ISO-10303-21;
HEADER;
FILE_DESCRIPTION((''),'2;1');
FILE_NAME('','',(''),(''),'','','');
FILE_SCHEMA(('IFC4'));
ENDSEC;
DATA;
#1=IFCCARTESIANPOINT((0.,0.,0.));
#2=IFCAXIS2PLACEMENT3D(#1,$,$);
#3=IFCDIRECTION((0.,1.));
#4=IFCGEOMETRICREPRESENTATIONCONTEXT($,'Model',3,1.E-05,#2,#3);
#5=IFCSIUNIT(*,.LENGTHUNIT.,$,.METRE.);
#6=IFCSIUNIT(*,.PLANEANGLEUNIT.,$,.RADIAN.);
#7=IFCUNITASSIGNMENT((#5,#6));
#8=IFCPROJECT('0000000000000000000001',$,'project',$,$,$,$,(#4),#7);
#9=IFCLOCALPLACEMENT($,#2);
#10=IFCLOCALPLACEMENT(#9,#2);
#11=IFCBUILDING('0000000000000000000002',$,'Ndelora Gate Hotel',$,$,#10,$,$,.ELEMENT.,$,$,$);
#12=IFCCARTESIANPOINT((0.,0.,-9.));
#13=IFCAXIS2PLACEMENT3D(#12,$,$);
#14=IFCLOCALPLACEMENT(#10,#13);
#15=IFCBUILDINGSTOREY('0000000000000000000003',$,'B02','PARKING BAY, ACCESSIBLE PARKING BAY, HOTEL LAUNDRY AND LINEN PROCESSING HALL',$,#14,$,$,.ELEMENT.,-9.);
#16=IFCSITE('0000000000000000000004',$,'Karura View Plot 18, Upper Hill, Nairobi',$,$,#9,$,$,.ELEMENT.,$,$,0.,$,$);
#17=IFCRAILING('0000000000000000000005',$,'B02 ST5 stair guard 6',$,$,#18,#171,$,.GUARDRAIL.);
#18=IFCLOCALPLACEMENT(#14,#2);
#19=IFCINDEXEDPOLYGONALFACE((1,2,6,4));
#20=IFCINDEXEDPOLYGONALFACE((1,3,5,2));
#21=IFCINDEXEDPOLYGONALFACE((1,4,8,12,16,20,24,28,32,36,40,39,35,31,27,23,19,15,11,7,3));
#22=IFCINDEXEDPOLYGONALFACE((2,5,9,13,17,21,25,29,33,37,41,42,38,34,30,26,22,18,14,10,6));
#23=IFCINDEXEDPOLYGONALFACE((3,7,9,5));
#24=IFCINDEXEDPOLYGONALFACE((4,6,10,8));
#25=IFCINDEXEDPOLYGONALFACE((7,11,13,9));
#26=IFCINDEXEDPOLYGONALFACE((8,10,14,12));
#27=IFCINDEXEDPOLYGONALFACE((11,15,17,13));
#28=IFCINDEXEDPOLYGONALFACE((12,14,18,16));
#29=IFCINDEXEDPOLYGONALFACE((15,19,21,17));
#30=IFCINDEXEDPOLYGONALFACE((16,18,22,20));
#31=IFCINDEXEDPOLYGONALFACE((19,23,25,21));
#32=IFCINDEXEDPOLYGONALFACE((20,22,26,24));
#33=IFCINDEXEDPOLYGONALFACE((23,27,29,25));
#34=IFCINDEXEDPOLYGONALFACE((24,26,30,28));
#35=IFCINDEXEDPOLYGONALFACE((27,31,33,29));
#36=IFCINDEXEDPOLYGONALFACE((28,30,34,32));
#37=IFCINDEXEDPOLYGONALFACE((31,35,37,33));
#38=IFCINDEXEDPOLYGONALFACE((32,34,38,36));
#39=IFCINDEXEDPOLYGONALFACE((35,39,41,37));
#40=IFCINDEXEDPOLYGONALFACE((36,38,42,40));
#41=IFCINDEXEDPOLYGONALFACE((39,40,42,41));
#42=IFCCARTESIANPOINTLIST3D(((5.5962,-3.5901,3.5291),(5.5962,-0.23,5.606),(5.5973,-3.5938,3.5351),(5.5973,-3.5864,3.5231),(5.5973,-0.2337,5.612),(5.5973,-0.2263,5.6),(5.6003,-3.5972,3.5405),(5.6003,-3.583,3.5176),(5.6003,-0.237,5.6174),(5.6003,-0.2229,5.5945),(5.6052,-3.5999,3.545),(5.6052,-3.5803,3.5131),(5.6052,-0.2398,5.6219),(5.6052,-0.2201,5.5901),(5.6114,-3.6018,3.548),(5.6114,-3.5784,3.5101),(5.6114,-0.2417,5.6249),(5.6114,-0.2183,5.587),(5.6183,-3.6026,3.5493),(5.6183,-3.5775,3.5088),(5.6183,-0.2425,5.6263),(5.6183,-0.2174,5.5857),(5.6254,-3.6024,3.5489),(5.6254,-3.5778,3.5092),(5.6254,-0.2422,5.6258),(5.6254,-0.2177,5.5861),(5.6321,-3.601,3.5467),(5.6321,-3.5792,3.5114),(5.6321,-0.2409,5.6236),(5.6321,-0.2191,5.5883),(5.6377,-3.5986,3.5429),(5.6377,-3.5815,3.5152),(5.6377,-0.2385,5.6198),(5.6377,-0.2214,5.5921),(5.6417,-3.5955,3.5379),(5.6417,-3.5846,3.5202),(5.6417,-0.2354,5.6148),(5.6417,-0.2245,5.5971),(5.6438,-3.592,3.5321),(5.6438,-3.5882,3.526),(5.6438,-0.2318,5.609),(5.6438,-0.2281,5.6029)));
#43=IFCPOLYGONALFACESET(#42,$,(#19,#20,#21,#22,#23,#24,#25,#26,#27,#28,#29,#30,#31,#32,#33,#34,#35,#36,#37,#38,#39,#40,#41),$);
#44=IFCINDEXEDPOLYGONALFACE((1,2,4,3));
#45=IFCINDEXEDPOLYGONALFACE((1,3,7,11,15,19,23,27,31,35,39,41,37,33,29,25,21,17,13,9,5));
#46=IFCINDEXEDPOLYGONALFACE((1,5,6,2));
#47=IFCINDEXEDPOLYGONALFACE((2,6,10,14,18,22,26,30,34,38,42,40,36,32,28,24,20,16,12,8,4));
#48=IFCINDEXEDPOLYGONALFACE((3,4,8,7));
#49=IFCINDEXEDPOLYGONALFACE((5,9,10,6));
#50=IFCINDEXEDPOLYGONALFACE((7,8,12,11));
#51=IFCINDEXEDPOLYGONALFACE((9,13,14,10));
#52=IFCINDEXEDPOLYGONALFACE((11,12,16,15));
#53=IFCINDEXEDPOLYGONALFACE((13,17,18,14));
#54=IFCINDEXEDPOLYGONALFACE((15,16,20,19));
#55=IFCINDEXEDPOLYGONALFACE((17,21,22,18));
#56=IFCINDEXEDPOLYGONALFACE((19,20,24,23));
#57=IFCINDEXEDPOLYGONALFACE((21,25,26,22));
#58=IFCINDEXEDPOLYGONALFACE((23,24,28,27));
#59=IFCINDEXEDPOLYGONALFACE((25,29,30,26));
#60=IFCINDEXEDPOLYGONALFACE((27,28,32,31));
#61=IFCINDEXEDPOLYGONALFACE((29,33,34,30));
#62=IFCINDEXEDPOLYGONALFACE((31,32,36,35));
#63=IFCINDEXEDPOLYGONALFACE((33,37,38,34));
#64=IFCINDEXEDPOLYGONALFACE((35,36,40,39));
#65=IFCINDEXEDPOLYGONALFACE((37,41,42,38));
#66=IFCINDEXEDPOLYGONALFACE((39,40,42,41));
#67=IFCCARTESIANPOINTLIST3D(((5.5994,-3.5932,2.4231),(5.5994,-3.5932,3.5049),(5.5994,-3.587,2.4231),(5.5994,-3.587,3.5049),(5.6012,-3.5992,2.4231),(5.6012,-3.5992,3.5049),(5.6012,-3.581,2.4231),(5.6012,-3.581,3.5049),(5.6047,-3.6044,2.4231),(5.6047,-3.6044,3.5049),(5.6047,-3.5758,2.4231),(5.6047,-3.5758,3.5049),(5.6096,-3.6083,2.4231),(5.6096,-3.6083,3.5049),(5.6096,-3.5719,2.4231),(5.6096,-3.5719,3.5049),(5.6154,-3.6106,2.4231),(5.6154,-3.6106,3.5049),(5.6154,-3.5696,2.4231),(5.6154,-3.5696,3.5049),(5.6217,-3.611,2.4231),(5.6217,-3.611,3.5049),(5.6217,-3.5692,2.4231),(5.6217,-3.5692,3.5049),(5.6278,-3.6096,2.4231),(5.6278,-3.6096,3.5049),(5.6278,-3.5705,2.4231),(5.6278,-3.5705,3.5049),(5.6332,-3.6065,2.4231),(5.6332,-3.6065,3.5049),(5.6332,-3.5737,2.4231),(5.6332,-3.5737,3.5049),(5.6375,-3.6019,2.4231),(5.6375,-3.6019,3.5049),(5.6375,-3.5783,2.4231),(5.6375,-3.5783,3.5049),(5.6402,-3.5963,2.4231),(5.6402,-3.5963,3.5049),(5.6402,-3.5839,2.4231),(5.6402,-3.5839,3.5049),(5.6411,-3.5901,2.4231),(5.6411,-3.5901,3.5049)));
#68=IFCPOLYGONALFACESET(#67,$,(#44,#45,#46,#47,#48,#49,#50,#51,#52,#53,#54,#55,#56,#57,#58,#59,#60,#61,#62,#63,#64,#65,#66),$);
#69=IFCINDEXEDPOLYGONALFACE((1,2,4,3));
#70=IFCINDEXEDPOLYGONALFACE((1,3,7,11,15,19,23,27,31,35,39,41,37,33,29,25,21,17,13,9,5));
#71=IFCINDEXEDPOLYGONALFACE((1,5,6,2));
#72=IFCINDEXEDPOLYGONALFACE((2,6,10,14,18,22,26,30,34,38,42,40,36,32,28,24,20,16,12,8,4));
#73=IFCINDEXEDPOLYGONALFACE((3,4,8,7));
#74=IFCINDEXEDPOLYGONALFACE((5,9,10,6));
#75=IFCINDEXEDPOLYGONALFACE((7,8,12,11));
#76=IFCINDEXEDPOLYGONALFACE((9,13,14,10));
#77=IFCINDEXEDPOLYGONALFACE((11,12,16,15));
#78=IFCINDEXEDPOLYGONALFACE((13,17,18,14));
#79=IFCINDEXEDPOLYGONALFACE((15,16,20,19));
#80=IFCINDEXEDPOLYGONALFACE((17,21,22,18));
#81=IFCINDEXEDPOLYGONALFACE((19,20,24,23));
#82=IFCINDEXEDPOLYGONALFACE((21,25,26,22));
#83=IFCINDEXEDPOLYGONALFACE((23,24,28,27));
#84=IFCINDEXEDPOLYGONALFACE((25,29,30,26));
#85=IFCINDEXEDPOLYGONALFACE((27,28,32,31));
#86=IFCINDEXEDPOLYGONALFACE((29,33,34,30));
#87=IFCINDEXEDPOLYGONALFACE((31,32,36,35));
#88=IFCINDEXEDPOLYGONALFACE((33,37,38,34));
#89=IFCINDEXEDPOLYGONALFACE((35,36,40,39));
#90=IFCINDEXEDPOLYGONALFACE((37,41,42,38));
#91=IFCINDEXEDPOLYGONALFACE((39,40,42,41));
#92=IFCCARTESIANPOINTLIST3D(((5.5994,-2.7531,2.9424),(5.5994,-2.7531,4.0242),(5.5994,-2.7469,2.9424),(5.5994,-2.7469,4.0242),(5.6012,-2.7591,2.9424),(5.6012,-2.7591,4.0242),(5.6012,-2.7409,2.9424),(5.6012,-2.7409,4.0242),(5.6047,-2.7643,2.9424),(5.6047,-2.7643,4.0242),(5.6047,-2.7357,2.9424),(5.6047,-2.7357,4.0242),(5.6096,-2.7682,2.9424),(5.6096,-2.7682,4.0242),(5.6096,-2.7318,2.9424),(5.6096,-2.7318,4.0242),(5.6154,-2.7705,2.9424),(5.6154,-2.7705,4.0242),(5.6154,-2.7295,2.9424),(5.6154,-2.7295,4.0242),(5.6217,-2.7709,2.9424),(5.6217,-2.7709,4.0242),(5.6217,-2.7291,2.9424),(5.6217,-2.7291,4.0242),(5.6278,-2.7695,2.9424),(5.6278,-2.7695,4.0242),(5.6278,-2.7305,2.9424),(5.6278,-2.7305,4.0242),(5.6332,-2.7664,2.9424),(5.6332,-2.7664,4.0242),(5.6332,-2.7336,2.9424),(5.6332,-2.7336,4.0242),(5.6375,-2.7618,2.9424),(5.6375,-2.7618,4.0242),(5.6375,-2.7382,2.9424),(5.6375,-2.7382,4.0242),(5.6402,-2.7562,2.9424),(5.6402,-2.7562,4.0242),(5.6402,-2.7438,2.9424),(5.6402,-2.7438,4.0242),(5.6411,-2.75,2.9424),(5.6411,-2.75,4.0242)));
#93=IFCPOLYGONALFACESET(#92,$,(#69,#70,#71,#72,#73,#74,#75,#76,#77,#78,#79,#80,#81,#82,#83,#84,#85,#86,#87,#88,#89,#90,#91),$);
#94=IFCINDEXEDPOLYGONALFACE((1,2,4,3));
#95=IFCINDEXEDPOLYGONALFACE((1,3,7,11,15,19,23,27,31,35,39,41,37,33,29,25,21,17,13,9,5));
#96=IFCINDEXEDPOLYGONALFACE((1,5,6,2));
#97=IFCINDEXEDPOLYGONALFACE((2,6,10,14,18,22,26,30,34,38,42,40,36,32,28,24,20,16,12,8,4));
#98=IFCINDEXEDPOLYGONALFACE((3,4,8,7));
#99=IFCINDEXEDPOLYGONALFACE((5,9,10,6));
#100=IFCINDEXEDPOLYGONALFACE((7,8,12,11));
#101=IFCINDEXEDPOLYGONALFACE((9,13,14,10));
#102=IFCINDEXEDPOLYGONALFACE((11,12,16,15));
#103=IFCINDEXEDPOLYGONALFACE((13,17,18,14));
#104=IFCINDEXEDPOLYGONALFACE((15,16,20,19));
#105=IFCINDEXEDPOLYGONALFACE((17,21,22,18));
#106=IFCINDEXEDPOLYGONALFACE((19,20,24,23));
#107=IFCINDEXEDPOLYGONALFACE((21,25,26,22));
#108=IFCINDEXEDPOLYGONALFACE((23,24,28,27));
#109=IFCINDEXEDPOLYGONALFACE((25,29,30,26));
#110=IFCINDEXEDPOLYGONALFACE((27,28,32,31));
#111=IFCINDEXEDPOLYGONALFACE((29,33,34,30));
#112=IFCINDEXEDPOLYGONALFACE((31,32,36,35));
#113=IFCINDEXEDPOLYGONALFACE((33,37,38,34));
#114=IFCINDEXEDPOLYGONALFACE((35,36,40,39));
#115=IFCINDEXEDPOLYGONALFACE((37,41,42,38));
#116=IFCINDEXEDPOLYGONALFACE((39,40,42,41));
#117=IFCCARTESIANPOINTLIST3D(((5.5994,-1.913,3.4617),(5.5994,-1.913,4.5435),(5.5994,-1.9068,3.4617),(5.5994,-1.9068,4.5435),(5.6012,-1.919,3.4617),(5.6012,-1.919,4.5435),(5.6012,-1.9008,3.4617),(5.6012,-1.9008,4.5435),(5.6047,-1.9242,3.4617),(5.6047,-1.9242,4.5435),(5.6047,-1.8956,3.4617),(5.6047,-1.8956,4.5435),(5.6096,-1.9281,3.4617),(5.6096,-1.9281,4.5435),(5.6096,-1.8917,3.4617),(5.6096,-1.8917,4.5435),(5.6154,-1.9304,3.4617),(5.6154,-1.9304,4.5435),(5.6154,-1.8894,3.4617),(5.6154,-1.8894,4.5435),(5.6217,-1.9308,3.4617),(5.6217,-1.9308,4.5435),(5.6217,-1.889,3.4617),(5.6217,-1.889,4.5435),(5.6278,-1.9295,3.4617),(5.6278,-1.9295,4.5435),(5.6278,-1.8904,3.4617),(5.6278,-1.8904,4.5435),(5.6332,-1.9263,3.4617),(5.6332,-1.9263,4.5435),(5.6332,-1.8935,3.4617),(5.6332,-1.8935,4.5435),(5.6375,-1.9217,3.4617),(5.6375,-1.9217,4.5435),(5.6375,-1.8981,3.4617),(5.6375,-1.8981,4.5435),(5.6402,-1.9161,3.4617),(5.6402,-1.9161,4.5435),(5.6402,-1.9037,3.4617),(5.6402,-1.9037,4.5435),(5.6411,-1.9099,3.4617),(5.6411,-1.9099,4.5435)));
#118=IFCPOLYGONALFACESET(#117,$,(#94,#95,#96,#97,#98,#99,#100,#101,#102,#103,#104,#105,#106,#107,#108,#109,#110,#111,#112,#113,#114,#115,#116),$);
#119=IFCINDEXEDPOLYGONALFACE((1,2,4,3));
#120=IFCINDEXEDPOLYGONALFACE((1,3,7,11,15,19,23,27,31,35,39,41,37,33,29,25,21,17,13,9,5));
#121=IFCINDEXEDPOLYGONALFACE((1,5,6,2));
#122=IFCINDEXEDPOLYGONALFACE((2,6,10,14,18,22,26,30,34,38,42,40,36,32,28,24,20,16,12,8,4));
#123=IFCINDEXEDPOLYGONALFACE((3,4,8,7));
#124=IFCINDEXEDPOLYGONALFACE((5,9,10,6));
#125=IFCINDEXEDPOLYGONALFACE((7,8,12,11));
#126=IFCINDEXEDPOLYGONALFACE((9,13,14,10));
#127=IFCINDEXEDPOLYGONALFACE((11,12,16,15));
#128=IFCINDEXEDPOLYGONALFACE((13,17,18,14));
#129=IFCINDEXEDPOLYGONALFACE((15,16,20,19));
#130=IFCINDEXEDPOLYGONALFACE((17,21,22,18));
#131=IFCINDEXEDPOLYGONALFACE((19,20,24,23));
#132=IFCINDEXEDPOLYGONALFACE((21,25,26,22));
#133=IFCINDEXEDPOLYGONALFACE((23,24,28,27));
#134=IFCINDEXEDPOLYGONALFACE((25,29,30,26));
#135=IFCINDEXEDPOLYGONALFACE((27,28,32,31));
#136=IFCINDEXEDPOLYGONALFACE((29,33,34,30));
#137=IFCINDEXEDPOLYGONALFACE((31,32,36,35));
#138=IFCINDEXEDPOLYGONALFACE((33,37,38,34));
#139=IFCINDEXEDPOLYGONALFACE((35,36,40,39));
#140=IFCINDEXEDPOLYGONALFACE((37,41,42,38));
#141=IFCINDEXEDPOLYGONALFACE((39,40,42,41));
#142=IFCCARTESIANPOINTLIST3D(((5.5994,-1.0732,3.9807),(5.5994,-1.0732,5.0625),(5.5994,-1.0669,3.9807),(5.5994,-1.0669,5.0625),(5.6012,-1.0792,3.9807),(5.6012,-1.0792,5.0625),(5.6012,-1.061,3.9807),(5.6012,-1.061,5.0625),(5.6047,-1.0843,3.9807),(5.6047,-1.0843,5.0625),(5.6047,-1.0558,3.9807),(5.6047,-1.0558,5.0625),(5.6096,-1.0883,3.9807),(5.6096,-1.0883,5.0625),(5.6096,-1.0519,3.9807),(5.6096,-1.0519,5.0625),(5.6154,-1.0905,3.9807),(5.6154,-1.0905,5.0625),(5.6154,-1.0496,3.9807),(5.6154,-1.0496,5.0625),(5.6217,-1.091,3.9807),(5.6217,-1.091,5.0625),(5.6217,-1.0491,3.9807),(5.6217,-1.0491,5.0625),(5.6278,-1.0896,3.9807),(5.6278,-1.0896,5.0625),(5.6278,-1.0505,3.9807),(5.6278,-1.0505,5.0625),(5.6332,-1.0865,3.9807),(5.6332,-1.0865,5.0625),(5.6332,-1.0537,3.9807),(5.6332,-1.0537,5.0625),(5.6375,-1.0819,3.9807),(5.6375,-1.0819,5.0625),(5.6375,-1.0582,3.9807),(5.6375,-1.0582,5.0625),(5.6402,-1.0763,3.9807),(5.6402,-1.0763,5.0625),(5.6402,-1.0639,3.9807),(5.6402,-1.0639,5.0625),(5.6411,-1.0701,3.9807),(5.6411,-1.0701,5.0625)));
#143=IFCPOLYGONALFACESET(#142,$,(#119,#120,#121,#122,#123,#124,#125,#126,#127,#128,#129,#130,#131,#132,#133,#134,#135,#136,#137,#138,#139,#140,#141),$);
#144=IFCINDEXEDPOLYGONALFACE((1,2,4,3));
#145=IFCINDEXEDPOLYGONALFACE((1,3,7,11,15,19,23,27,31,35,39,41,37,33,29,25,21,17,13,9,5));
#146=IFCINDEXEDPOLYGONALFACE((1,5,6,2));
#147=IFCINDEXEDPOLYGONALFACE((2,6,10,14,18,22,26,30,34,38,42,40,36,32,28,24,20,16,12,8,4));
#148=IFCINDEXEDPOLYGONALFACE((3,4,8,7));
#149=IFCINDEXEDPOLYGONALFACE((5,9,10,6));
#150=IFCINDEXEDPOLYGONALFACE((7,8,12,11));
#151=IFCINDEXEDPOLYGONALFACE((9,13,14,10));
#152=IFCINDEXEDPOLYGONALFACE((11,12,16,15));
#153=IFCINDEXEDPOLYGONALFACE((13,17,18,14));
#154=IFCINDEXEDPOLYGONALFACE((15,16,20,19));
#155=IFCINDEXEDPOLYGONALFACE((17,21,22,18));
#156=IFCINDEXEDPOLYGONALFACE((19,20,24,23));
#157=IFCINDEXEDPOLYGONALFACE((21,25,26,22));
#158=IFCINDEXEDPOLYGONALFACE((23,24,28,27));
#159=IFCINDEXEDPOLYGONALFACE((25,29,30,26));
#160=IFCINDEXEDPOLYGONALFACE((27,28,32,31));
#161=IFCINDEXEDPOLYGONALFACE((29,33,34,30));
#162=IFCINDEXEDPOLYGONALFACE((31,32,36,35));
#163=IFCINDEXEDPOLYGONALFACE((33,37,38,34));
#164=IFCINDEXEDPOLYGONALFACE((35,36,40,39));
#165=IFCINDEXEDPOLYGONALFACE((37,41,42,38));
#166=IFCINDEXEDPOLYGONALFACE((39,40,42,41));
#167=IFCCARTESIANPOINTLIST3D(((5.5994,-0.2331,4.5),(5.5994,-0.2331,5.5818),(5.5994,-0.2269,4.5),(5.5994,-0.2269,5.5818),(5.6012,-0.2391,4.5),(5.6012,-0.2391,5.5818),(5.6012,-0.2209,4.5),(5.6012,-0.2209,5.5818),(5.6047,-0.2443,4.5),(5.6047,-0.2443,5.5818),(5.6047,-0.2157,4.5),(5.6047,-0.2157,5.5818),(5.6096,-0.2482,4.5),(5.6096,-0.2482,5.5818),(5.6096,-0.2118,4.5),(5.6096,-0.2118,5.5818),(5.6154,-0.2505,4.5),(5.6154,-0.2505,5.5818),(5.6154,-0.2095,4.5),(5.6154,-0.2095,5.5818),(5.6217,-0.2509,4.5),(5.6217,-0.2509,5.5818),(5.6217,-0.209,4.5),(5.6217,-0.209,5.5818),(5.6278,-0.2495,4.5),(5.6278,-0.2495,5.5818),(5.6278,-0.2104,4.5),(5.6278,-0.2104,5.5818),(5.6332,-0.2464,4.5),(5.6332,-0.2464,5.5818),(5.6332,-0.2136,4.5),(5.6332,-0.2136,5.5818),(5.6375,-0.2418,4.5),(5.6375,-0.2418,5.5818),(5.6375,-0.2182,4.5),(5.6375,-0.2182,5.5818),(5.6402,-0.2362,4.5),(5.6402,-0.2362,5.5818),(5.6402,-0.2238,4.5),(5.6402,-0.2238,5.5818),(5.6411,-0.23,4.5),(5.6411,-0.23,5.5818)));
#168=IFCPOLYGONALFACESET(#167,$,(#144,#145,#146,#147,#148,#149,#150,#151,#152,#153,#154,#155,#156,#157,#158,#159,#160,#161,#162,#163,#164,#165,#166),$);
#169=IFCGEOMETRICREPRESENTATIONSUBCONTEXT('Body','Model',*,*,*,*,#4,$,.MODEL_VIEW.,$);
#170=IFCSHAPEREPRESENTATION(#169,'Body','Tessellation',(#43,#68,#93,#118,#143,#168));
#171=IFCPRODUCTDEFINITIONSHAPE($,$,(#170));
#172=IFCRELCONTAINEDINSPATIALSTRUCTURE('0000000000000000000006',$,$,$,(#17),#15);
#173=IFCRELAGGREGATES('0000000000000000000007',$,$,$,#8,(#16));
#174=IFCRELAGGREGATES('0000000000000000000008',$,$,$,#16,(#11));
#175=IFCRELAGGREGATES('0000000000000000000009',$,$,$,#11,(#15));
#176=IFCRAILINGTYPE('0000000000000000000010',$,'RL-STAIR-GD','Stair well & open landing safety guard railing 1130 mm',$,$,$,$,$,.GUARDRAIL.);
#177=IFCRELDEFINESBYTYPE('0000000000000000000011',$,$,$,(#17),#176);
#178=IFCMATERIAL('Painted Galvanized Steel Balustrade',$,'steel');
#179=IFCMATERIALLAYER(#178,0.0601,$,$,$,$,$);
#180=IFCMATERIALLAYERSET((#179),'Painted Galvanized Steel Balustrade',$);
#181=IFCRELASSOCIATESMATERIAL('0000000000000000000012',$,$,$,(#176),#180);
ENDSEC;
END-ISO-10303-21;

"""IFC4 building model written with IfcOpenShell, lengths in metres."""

from ifc_helpers import new_model, si_unit, direction, frame, origin, origin_2d, place, context, subcontext, project, spatial, circle, extrude, material, layer, layer_set, type_object, element, save


model = new_model("IFC4")

# Units and contexts
model_context = context("Model", 3, precision=1e-05, world=origin(), true_north=direction((0.0, 1.0)))
body_context = subcontext(model_context, "Body", "Model", "MODEL_VIEW")
ifc_project = project(units=[si_unit("LENGTHUNIT", "METRE"), si_unit("PLANEANGLEUNIT", "RADIAN")], contexts=[model_context])

# Site, building, storey
site_placement = place(None, origin())
site = spatial("IfcSite", under=ifc_project, at=site_placement, Name="Karura View Plot 18, Upper Hill, Nairobi", CompositionType="ELEMENT", RefElevation=0.0)
building_placement = place(site_placement, origin())
building = spatial("IfcBuilding", under=site, at=building_placement, Name="Ndelora Gate Hotel", CompositionType="ELEMENT")
storey_placement = place(building_placement, frame((0.0, 0.0, -9.0)))
storey = spatial("IfcBuildingStorey", under=building, at=storey_placement, Name="B02", Description="PARKING BAY, ACCESSIBLE PARKING BAY, HOTEL LAUNDRY AND LINEN PROCESSING HALL", CompositionType="ELEMENT", Elevation=-9.0)

# Railing
ifc_material_1 = material(Name="Painted Galvanized Steel Balustrade", Category="steel")
ifc_layer_1 = layer(ifc_material_1, 0.0601)
ifc_layer_set_1 = layer_set([ifc_layer_1], Name="Painted Galvanized Steel Balustrade")
railing_type_1 = type_object("IfcRailingType", Name="RL-STAIR-GD", Description="Stair well & open landing safety guard railing 1130 mm", PredefinedType="GUARDRAIL", material=ifc_layer_set_1)
railing_1_placement = place(storey_placement, frame((5.6201, -3.5901, 2.4231)))
element("IfcRailing", 1, at=railing_1_placement, inside=storey, type_object=railing_type_1, Name="B02 ST5 stair guard 6", PredefinedType="GUARDRAIL", context=body_context, shape_type="SweptSolid", body=[
    extrude(circle(Radius=0.0239, at=origin_2d()), frame((0.0, 0.0, 1.106), z_axis=(0.0, 0.850623, 0.525776), x_axis=(-1.0, 0.0, 0.0)), (0.0, 0.0, 1.0), 3.9502),
    extrude(circle(Radius=0.021, at=origin_2d()), origin(), (0.0, 0.0, 1.0), 1.0818),
    extrude(circle(Radius=0.021, at=origin_2d()), frame((0.0, 0.8401, 0.5193)), (0.0, 0.0, 1.0), 1.0818),
    extrude(circle(Radius=0.021, at=origin_2d()), frame((0.0, 1.6802, 1.0386)), (0.0, 0.0, 1.0), 1.0818),
    extrude(circle(Radius=0.021, at=origin_2d()), frame((0.0, 2.52, 1.5576)), (0.0, 0.0, 1.0), 1.0818),
    extrude(circle(Radius=0.021, at=origin_2d()), frame((0.0, 3.3601, 2.0769)), (0.0, 0.0, 1.0), 1.0818),
])

save(model, "model.ifc")
